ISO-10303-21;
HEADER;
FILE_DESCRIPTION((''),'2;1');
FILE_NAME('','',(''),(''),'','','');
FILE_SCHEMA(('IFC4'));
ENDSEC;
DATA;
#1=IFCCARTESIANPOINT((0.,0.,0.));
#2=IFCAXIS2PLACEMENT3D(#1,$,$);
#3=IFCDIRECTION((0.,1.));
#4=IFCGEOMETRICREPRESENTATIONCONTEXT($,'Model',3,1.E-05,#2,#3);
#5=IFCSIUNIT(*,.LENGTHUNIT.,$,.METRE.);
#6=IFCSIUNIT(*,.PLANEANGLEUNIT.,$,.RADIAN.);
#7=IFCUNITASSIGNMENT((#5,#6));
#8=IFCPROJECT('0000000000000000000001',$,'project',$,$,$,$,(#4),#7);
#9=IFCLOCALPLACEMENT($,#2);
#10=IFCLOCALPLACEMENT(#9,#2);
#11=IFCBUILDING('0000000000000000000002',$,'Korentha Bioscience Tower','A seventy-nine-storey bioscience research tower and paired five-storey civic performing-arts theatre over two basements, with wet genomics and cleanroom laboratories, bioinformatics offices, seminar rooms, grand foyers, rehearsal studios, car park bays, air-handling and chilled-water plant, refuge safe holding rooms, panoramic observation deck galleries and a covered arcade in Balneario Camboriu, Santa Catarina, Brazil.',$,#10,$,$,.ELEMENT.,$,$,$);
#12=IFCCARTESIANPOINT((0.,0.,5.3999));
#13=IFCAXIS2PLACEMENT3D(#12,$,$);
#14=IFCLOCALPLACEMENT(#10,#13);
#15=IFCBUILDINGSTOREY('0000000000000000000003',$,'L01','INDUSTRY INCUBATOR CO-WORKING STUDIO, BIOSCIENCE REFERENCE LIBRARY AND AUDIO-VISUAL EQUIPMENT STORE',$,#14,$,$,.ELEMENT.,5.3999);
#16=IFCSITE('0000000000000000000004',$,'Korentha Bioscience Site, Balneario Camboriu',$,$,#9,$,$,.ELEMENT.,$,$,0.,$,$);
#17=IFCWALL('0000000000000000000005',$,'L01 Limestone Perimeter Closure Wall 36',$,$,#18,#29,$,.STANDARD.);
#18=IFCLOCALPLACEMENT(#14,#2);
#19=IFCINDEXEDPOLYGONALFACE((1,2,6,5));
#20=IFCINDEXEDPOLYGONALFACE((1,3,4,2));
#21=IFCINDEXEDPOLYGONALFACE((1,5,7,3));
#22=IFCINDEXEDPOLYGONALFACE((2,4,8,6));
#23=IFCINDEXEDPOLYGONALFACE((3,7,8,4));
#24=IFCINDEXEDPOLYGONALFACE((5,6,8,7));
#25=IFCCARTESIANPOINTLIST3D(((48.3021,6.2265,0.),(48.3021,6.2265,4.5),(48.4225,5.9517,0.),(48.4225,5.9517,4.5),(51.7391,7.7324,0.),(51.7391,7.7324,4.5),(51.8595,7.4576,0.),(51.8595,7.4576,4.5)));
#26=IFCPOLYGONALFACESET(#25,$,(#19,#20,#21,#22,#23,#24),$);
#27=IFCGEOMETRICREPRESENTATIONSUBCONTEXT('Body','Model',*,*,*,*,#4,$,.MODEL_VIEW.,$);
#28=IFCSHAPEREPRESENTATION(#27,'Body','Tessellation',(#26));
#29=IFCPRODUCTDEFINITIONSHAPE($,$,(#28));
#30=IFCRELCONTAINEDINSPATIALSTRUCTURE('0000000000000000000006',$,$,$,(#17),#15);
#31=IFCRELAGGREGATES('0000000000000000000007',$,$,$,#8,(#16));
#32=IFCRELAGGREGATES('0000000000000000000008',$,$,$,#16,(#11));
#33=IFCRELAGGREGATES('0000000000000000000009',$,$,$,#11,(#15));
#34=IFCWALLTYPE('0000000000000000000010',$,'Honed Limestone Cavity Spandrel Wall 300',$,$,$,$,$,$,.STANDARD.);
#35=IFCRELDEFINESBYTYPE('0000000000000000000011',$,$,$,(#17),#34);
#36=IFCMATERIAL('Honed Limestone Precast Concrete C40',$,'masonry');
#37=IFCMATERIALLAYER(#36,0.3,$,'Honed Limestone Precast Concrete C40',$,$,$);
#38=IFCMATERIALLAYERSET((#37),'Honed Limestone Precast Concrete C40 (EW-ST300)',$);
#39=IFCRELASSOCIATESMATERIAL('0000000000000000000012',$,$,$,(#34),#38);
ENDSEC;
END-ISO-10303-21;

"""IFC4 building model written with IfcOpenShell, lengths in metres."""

from ifc_helpers import new_model, si_unit, direction, frame, frame_2d, origin, place, context, subcontext, project, spatial, rectangle, extrude, material, layer, layer_set, type_object, element, save


model = new_model("IFC4")

# Units and contexts
model_context = context("Model", 3, precision=1e-05, world=origin(), true_north=direction((0.0, 1.0)))
body_context = subcontext(model_context, "Body", "Model", "MODEL_VIEW")
ifc_project = project(units=[si_unit("LENGTHUNIT", "METRE"), si_unit("PLANEANGLEUNIT", "RADIAN")], contexts=[model_context])

# Site, building, storey
site_placement = place(None, origin())
site = spatial("IfcSite", under=ifc_project, at=site_placement, Name="Korentha Bioscience Site, Balneario Camboriu", CompositionType="ELEMENT", RefElevation=0.0)
building_placement = place(site_placement, origin())
building = spatial("IfcBuilding", under=site, at=building_placement, Name="Korentha Bioscience Tower", Description="A seventy-nine-storey bioscience research tower and paired five-storey civic performing-arts theatre over two basements, with wet genomics and cleanroom laboratories, bioinformatics offices, seminar rooms, grand foyers, rehearsal studios, car park bays, air-handling and chilled-water plant, refuge safe holding rooms, panoramic observation deck galleries and a covered arcade in Balneario Camboriu, Santa Catarina, Brazil.", CompositionType="ELEMENT")
storey_placement = place(building_placement, frame((0.0, 0.0, 5.3999)))
storey = spatial("IfcBuildingStorey", under=building, at=storey_placement, Name="L01", Description="INDUSTRY INCUBATOR CO-WORKING STUDIO, BIOSCIENCE REFERENCE LIBRARY AND AUDIO-VISUAL EQUIPMENT STORE", CompositionType="ELEMENT", Elevation=5.3999)

# Shared definitions
ifc_material_1 = material(Name="Honed Limestone Precast Concrete C40", Category="masonry")
ifc_layer_1 = layer(ifc_material_1, 0.3, Name="Honed Limestone Precast Concrete C40")
ifc_layer_set_1 = layer_set([ifc_layer_1], Name="Honed Limestone Precast Concrete C40 (EW-ST300)")
wall_type_1 = type_object("IfcWallType", Name="Honed Limestone Cavity Spandrel Wall 300", PredefinedType="STANDARD", material=ifc_layer_set_1)

# Wall
wall_1_placement = place(storey_placement, frame((48.3623, 6.0891, 0.0), z_axis=(0.0, 0.0, 1.0), x_axis=(0.915945, 0.401303, 0.0)))
element("IfcWall", 1, at=wall_1_placement, inside=storey, type_object=wall_type_1, Name="L01 Limestone Perimeter Closure Wall 36", PredefinedType="STANDARD", context=body_context, shape_type="SweptSolid", body=[
    extrude(rectangle(XDim=3.7524, YDim=0.3, at=frame_2d((1.8762, 0.0))), origin(), (0.0, 0.0, 1.0), 4.5),
])

save(model, "model.ifc")
